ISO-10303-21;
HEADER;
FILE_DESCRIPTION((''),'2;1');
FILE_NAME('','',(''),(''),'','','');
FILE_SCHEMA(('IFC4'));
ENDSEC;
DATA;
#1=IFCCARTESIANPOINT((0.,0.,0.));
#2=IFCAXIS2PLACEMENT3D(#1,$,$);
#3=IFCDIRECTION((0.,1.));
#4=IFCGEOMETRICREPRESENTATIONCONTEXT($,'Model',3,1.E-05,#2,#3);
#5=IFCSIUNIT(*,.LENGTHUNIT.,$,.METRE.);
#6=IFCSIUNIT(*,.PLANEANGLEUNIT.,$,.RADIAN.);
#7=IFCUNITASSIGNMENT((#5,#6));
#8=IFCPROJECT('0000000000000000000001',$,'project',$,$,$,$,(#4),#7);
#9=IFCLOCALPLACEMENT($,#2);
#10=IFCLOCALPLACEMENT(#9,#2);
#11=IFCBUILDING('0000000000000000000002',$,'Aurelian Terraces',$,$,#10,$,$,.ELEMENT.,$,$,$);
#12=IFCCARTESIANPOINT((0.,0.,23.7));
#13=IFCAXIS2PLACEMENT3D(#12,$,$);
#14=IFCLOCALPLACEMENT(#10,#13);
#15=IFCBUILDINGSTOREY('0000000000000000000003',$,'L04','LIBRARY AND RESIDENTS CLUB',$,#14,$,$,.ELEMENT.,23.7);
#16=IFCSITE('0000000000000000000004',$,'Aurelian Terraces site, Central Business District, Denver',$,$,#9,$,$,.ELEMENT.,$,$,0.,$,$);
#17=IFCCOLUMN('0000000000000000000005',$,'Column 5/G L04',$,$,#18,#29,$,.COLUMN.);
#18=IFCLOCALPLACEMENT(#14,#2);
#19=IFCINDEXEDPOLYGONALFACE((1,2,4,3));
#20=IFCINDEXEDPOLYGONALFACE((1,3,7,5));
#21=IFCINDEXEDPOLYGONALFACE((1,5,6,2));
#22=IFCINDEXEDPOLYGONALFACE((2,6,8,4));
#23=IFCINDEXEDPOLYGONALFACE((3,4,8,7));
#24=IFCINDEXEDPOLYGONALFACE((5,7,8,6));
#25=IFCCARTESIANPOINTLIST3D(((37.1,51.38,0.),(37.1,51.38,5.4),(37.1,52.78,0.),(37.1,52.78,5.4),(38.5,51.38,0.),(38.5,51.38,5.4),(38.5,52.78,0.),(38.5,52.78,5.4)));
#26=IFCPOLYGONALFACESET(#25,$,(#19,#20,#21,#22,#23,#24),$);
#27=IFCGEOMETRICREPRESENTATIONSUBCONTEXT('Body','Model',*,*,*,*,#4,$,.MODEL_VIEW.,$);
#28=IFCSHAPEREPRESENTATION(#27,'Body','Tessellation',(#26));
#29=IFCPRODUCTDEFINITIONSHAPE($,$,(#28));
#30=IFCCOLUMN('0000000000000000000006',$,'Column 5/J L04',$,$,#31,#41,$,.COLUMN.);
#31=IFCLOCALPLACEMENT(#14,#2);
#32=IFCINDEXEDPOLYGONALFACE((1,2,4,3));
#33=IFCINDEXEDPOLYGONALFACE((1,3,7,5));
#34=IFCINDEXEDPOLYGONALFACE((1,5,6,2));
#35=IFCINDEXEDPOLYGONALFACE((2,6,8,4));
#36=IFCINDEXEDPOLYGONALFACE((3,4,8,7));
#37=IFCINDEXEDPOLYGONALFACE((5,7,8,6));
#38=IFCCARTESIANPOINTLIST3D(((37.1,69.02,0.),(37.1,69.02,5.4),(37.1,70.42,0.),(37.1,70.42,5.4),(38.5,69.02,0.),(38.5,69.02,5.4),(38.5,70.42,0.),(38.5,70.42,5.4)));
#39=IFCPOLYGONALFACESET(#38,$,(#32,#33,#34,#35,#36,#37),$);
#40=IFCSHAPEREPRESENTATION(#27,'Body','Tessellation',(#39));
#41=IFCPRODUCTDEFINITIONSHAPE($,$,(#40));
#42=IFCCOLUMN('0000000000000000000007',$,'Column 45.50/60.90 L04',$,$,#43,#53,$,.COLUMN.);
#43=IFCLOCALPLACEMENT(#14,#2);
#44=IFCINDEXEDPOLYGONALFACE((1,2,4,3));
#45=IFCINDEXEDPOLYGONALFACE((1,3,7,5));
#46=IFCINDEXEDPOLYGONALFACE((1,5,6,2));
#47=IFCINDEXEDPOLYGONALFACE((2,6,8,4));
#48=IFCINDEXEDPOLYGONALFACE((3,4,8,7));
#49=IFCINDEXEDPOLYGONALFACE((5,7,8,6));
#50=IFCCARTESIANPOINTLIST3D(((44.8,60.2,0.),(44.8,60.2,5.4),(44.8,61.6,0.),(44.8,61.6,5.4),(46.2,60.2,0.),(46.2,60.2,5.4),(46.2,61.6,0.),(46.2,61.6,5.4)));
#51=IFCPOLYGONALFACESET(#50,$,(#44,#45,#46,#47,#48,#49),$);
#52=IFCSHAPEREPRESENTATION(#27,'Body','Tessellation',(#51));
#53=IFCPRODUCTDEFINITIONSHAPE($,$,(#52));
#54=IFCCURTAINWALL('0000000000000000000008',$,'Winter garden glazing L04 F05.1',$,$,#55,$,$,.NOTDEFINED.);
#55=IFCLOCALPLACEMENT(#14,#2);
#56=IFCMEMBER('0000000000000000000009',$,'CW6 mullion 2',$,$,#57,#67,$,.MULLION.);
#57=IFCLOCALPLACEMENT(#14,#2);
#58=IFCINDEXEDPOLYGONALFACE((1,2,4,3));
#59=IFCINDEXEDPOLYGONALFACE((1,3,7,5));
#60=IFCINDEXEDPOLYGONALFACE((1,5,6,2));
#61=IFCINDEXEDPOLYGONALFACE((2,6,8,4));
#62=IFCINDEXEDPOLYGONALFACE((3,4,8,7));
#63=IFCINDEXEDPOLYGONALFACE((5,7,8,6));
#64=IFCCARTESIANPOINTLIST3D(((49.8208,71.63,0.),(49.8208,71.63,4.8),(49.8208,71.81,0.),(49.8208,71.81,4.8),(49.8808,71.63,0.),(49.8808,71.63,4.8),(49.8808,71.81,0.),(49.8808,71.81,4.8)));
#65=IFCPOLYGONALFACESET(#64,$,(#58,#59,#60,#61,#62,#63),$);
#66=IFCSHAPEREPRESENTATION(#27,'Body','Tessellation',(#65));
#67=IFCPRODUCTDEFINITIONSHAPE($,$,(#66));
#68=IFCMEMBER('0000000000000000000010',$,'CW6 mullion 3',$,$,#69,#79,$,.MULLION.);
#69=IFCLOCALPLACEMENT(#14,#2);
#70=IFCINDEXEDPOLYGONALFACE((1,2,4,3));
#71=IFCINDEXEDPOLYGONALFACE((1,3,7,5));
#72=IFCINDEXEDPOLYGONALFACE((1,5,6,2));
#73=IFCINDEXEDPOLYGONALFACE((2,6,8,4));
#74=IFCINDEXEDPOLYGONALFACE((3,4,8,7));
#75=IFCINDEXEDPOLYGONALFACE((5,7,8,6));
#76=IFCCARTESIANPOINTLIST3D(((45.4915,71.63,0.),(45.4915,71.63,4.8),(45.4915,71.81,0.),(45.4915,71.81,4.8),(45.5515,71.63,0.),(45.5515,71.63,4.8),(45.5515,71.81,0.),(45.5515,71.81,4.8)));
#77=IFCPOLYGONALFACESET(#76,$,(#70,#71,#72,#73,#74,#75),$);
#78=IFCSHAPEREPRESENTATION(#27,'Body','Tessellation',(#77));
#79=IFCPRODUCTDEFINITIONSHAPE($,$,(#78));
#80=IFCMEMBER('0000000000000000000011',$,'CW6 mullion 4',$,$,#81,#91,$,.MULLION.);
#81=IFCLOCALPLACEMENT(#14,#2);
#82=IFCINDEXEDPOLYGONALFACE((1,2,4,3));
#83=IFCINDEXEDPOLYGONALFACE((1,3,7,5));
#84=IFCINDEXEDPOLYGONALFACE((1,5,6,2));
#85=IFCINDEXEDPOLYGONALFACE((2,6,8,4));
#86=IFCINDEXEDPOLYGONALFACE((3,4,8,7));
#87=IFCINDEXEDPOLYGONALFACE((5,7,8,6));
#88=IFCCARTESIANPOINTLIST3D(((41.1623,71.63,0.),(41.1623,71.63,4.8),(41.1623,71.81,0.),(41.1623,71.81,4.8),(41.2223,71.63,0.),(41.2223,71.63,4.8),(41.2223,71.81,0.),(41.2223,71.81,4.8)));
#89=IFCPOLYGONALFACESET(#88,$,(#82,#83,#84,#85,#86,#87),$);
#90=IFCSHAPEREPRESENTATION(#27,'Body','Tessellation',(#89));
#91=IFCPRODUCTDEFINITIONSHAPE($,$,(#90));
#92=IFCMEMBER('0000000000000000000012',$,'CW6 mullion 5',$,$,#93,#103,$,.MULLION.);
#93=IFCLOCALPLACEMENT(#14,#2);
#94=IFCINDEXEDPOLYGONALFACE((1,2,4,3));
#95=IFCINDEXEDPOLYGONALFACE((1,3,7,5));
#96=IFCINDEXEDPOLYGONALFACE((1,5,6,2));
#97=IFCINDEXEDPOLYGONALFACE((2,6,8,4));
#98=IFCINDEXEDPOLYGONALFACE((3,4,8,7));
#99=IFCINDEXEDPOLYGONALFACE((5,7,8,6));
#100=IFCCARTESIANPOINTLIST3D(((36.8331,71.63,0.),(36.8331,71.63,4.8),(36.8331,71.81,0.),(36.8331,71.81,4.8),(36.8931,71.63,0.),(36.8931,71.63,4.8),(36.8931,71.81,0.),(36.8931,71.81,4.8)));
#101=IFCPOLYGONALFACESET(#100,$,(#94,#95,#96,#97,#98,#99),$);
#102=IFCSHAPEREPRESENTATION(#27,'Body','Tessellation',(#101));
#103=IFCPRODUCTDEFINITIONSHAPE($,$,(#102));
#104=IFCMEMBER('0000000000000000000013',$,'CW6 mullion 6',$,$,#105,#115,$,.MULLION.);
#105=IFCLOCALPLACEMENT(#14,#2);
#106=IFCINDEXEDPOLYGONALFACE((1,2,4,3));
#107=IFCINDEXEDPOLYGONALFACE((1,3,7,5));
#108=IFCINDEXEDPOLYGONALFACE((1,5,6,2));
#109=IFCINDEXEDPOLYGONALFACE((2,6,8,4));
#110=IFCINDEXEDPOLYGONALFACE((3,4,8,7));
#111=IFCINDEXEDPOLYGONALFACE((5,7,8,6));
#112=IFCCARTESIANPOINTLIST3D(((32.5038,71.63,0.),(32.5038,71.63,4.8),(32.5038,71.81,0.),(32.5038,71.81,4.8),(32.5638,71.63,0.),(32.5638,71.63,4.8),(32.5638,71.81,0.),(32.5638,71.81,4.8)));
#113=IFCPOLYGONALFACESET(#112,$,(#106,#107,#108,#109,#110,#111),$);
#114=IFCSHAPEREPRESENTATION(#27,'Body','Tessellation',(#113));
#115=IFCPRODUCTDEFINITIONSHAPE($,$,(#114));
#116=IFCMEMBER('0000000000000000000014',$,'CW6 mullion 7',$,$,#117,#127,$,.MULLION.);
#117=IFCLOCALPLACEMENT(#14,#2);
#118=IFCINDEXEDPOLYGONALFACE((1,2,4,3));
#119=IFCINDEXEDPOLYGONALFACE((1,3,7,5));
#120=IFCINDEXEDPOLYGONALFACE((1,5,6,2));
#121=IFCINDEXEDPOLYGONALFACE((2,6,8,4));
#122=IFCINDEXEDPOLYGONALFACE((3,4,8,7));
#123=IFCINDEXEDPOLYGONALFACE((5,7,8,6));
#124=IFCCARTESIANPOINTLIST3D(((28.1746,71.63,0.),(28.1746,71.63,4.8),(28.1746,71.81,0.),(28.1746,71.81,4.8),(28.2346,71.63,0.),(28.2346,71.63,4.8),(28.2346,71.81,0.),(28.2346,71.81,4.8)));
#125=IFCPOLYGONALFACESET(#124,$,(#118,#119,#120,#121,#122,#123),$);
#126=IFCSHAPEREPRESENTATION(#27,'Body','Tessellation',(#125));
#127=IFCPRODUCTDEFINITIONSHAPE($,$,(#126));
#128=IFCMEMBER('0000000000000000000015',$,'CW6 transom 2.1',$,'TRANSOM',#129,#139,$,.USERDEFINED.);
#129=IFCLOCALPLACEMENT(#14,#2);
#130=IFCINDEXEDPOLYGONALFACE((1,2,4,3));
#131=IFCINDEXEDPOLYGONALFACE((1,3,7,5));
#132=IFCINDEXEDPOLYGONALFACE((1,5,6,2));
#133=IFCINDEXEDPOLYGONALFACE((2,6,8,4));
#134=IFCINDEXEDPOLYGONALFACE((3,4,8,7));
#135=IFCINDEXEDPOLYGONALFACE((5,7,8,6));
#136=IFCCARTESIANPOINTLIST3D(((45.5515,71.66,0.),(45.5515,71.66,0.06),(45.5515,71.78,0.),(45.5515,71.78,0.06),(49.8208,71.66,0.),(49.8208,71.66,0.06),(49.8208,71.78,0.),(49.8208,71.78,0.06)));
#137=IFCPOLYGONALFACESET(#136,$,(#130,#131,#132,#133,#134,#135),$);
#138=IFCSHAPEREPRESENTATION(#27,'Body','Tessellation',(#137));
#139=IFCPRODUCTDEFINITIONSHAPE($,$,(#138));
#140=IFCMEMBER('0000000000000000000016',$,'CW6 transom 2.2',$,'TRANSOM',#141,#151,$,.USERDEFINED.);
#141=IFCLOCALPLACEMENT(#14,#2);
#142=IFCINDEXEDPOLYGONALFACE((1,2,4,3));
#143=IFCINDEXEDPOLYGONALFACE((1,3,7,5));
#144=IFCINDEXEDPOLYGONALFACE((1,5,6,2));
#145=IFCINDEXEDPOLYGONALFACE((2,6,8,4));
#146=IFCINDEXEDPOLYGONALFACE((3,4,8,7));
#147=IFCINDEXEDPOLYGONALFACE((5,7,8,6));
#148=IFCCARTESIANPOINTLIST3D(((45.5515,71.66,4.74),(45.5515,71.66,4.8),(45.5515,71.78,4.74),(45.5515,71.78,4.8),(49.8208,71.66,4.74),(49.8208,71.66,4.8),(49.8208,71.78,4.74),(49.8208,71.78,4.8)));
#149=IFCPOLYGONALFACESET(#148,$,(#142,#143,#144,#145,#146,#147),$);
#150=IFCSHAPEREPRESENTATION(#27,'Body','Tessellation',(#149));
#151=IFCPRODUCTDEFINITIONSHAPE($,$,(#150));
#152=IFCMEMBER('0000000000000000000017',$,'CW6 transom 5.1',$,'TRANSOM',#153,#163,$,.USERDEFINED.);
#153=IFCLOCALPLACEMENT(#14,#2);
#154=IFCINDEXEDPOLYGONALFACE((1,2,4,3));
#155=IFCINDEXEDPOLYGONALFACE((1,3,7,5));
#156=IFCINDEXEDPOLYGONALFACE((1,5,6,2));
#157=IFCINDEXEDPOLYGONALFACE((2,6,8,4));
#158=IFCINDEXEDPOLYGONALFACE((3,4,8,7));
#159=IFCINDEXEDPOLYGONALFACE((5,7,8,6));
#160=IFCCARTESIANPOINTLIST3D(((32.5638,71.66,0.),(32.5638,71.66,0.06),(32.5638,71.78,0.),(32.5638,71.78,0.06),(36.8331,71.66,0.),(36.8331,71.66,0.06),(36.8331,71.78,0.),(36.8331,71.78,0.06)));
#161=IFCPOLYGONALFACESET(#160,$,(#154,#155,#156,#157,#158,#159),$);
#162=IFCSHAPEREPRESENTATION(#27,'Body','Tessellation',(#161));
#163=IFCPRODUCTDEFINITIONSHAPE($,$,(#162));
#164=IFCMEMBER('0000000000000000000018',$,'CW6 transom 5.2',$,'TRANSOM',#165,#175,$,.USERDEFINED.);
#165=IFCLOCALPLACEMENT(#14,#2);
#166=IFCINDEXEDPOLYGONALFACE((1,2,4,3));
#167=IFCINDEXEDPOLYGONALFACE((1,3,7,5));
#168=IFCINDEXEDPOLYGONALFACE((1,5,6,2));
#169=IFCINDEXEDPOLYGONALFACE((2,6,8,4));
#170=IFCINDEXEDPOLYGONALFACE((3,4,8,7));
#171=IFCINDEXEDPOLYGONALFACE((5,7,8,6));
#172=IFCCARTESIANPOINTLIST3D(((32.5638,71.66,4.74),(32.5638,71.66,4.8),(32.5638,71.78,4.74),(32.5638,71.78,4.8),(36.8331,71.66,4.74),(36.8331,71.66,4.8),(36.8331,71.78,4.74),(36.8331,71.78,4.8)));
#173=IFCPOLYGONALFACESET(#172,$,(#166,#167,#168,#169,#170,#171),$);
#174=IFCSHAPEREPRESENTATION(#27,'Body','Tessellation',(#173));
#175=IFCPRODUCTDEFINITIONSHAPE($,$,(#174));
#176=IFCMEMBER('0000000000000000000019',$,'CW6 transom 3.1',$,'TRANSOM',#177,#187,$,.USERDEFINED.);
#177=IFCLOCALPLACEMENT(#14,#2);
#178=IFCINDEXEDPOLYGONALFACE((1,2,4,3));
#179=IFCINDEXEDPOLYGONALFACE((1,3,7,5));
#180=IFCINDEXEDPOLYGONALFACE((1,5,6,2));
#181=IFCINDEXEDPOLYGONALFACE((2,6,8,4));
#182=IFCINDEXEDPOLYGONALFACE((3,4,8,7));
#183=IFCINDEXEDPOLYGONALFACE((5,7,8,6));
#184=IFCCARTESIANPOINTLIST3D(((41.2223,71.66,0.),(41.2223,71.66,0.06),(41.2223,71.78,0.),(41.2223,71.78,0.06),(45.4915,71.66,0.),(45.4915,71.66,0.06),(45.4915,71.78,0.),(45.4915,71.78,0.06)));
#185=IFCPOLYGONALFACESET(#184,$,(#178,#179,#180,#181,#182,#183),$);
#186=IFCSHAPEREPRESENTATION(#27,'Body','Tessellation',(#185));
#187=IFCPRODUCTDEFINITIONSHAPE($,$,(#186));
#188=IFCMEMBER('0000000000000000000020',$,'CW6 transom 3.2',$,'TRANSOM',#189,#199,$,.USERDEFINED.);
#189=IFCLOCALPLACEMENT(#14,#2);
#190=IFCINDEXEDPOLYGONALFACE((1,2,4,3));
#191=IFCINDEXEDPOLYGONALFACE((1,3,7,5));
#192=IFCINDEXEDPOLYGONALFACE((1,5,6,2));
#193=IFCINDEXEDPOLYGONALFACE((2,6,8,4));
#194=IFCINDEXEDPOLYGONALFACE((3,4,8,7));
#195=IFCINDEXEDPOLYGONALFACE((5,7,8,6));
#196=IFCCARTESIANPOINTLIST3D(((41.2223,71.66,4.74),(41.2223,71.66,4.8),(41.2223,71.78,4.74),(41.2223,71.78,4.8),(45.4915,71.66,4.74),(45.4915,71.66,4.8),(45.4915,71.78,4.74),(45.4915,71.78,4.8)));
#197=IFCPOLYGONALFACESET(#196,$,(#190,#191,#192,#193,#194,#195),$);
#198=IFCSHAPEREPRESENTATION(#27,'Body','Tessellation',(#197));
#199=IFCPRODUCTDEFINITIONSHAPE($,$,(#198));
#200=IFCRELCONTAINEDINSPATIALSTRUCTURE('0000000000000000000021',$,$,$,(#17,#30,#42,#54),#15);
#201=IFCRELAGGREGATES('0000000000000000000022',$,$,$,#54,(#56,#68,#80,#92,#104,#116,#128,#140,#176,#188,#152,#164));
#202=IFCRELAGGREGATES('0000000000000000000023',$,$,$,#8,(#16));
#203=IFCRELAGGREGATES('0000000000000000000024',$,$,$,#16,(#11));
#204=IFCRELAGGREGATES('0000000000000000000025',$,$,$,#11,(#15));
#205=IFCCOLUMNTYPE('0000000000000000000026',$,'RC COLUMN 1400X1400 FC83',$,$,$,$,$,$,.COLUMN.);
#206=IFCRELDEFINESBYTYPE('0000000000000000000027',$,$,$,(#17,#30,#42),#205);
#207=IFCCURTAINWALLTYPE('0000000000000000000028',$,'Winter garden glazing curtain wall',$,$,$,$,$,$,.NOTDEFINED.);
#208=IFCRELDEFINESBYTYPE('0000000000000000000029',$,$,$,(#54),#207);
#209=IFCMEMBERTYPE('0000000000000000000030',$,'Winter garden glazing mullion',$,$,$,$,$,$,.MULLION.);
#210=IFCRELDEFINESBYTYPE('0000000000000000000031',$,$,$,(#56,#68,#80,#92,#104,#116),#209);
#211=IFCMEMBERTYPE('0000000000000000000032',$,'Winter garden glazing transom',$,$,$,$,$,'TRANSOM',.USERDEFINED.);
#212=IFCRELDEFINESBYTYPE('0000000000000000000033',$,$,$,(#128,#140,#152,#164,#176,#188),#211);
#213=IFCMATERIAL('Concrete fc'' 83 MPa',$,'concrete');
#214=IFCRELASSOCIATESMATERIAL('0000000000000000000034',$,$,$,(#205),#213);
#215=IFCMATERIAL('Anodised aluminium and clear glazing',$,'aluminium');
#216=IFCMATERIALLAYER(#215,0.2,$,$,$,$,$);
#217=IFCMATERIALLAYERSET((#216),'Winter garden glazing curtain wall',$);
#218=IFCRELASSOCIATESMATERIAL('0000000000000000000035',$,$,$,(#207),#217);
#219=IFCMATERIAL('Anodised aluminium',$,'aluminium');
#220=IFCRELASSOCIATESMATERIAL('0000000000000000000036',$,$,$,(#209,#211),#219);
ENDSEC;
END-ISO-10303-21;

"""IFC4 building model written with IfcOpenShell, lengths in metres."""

from ifc_helpers import new_model, si_unit, direction, frame, origin, origin_2d, place, context, subcontext, project, spatial, rectangle, extrude, source, transform, mapped, material, layer, layer_set, material_profile, profile_set, type_object, element, aggregate, save


model = new_model("IFC4")

# Units and contexts
model_context = context("Model", 3, precision=1e-05, world=origin(), true_north=direction((0.0, 1.0)))
body_context = subcontext(model_context, "Body", "Model", "MODEL_VIEW")
ifc_project = project(units=[si_unit("LENGTHUNIT", "METRE"), si_unit("PLANEANGLEUNIT", "RADIAN")], contexts=[model_context])

# Site, building, storey
site_placement = place(None, origin())
site = spatial("IfcSite", under=ifc_project, at=site_placement, Name="Aurelian Terraces site, Central Business District, Denver", CompositionType="ELEMENT", RefElevation=0.0)
building_placement = place(site_placement, origin())
building = spatial("IfcBuilding", under=site, at=building_placement, Name="Aurelian Terraces", CompositionType="ELEMENT")
storey_placement = place(building_placement, frame((0.0, 0.0, 23.7)))
storey = spatial("IfcBuildingStorey", under=building, at=storey_placement, Name="L04", Description="LIBRARY AND RESIDENTS CLUB", CompositionType="ELEMENT", Elevation=23.7)

# Columns
ifc_material_1 = material(Name="Concrete fc' 83 MPa", Category="concrete")
ifc_material_profile_1 = material_profile(ifc_material_1, rectangle(XDim=1.4, YDim=1.4, at=origin_2d()))
ifc_profile_set_1 = profile_set([ifc_material_profile_1], Name="Concrete fc' 83 MPa")
column_type = type_object("IfcColumnType", Name="RC COLUMN 1400X1400 FC83", PredefinedType="COLUMN", material=ifc_profile_set_1)
shared_shape_1 = source(origin(), body_context, "Body", "SweptSolid", [
    extrude(rectangle(XDim=1.4, YDim=1.4, at=origin_2d()), origin(), (0.0, 0.0, 1.0), 5.4),
])
for number, where, z_axis, x_axis, name in (
    (1, (37.8, 52.08, 0.0), (0.0, 0.0, 1.0), (1.0, 0.0, 0.0), "Column 5/G L04"),
    (2, (37.8, 69.72, 0.0), (0.0, 0.0, 1.0), (1.0, 0.0, 0.0), "Column 5/J L04"),
    (3, (45.5, 60.9, 0.0), (0.0, 0.0, 1.0), (1.0, 0.0, 0.0), "Column 45.50/60.90 L04"),
):
    element("IfcColumn", number, at=place(storey_placement, frame(where, z_axis=z_axis, x_axis=x_axis)), inside=storey, type_object=column_type, Name=name, PredefinedType="COLUMN", context=body_context, shape_type="MappedRepresentation", body=[
        mapped(shared_shape_1, transform((0.0, 0.0, 0.0), scale=1.0)),
    ])

# Curtain wall, members
ifc_material_2 = material(Name="Anodised aluminium and clear glazing", Category="aluminium")
ifc_layer_1 = layer(ifc_material_2, 0.2)
ifc_layer_set_1 = layer_set([ifc_layer_1], Name="Winter garden glazing curtain wall")
curtain_wall_type = type_object("IfcCurtainWallType", Name="Winter garden glazing curtain wall", PredefinedType="NOTDEFINED", material=ifc_layer_set_1)
curtain_wall_placement = place(storey_placement, origin())
curtain_wall = element("IfcCurtainWall", 4, at=curtain_wall_placement, inside=storey, type_object=curtain_wall_type, Name="Winter garden glazing L04 F05.1", PredefinedType="NOTDEFINED")
ifc_material_3 = material(Name="Anodised aluminium", Category="aluminium")
ifc_material_profile_2 = material_profile(ifc_material_3, rectangle(XDim=0.18, YDim=0.06, at=origin_2d()))
ifc_profile_set_2 = profile_set([ifc_material_profile_2], Name="Anodised aluminium")
member_type_1 = type_object("IfcMemberType", Name="Winter garden glazing mullion", PredefinedType="MULLION", material=ifc_profile_set_2)
shared_shape_2 = source(origin(), body_context, "Body", "SweptSolid", [
    extrude(rectangle(XDim=0.18, YDim=0.06, at=origin_2d()), origin(), (0.0, 0.0, 1.0), 4.8),
])
member_1_placement = place(storey_placement, frame((49.8508, 71.72, 0.0), z_axis=(0.0, 0.0, 1.0), x_axis=(0.0, -1.0, 0.0)))
member_1 = element("IfcMember", 5, at=member_1_placement, type_object=member_type_1, Name="CW6 mullion 2", PredefinedType="MULLION", context=body_context, shape_type="MappedRepresentation", body=[
    mapped(shared_shape_2, transform((0.0, 0.0, 0.0), scale=1.0)),
])
member_2_placement = place(storey_placement, frame((45.5215, 71.72, 0.0), z_axis=(0.0, 0.0, 1.0), x_axis=(0.0, -1.0, 0.0)))
member_2 = element("IfcMember", 6, at=member_2_placement, type_object=member_type_1, Name="CW6 mullion 3", PredefinedType="MULLION", context=body_context, shape_type="MappedRepresentation", body=[
    mapped(shared_shape_2, transform((0.0, 0.0, 0.0), scale=1.0)),
])
member_3_placement = place(storey_placement, frame((41.1923, 71.72, 0.0), z_axis=(0.0, 0.0, 1.0), x_axis=(0.0, -1.0, 0.0)))
member_3 = element("IfcMember", 7, at=member_3_placement, type_object=member_type_1, Name="CW6 mullion 4", PredefinedType="MULLION", context=body_context, shape_type="MappedRepresentation", body=[
    mapped(shared_shape_2, transform((0.0, 0.0, 0.0), scale=1.0)),
])
member_4_placement = place(storey_placement, frame((36.8631, 71.72, 0.0), z_axis=(0.0, 0.0, 1.0), x_axis=(0.0, -1.0, 0.0)))
member_4 = element("IfcMember", 8, at=member_4_placement, type_object=member_type_1, Name="CW6 mullion 5", PredefinedType="MULLION", context=body_context, shape_type="MappedRepresentation", body=[
    mapped(shared_shape_2, transform((0.0, 0.0, 0.0), scale=1.0)),
])
member_5_placement = place(storey_placement, frame((32.5338, 71.72, 0.0), z_axis=(0.0, 0.0, 1.0), x_axis=(0.0, -1.0, 0.0)))
member_5 = element("IfcMember", 9, at=member_5_placement, type_object=member_type_1, Name="CW6 mullion 6", PredefinedType="MULLION", context=body_context, shape_type="MappedRepresentation", body=[
    mapped(shared_shape_2, transform((0.0, 0.0, 0.0), scale=1.0)),
])
member_6_placement = place(storey_placement, frame((28.2046, 71.72, 0.0), z_axis=(0.0, 0.0, 1.0), x_axis=(0.0, -1.0, 0.0)))
member_6 = element("IfcMember", 10, at=member_6_placement, type_object=member_type_1, Name="CW6 mullion 7", PredefinedType="MULLION", context=body_context, shape_type="MappedRepresentation", body=[
    mapped(shared_shape_2, transform((0.0, 0.0, 0.0), scale=1.0)),
])
ifc_material_profile_3 = material_profile(ifc_material_3, rectangle(XDim=0.12, YDim=0.06, at=origin_2d()))
ifc_profile_set_3 = profile_set([ifc_material_profile_3], Name="Anodised aluminium")
member_type_2 = type_object("IfcMemberType", Name="Winter garden glazing transom", ElementType="TRANSOM", PredefinedType="USERDEFINED", material=ifc_profile_set_3)
shared_shape_3 = source(origin(), body_context, "Body", "SweptSolid", [
    extrude(rectangle(XDim=0.12, YDim=0.06, at=origin_2d()), origin(), (0.0, 0.0, 1.0), 4.2693),
])
member_7_placement = place(storey_placement, frame((49.8208, 71.72, 0.03), z_axis=(-1.0, 0.0, 0.0), x_axis=(0.0, -1.0, 0.0)))
member_7 = element("IfcMember", 11, at=member_7_placement, type_object=member_type_2, Name="CW6 transom 2.1", ObjectType="TRANSOM", PredefinedType="USERDEFINED", context=body_context, shape_type="MappedRepresentation", body=[
    mapped(shared_shape_3, transform((0.0, 0.0, 0.0), scale=1.0)),
])
member_8_placement = place(storey_placement, frame((49.8208, 71.72, 4.77), z_axis=(-1.0, 0.0, 0.0), x_axis=(0.0, -1.0, 0.0)))
member_8 = element("IfcMember", 12, at=member_8_placement, type_object=member_type_2, Name="CW6 transom 2.2", ObjectType="TRANSOM", PredefinedType="USERDEFINED", context=body_context, shape_type="MappedRepresentation", body=[
    mapped(shared_shape_3, transform((0.0, 0.0, 0.0), scale=1.0)),
])
member_9_placement = place(storey_placement, frame((36.8331, 71.72, 0.03), z_axis=(-1.0, 0.0, 0.0), x_axis=(0.0, -1.0, 0.0)))
member_9 = element("IfcMember", 13, at=member_9_placement, type_object=member_type_2, Name="CW6 transom 5.1", ObjectType="TRANSOM", PredefinedType="USERDEFINED", context=body_context, shape_type="MappedRepresentation", body=[
    mapped(shared_shape_3, transform((0.0, 0.0, 0.0), scale=1.0)),
])
member_10_placement = place(storey_placement, frame((36.8331, 71.72, 4.77), z_axis=(-1.0, 0.0, 0.0), x_axis=(0.0, -1.0, 0.0)))
member_10 = element("IfcMember", 14, at=member_10_placement, type_object=member_type_2, Name="CW6 transom 5.2", ObjectType="TRANSOM", PredefinedType="USERDEFINED", context=body_context, shape_type="MappedRepresentation", body=[
    mapped(shared_shape_3, transform((0.0, 0.0, 0.0), scale=1.0)),
])
shared_shape_4 = source(origin(), body_context, "Body", "SweptSolid", [
    extrude(rectangle(XDim=0.12, YDim=0.06, at=origin_2d()), origin(), (0.0, 0.0, 1.0), 4.2692),
])
member_11_placement = place(storey_placement, frame((45.4915, 71.72, 0.03), z_axis=(-1.0, 0.0, 0.0), x_axis=(0.0, -1.0, 0.0)))
member_11 = element("IfcMember", 15, at=member_11_placement, type_object=member_type_2, Name="CW6 transom 3.1", ObjectType="TRANSOM", PredefinedType="USERDEFINED", context=body_context, shape_type="MappedRepresentation", body=[
    mapped(shared_shape_4, transform((0.0, 0.0, 0.0), scale=1.0)),
])
member_12_placement = place(storey_placement, frame((45.4915, 71.72, 4.77), z_axis=(-1.0, 0.0, 0.0), x_axis=(0.0, -1.0, 0.0)))
member_12 = element("IfcMember", 16, at=member_12_placement, type_object=member_type_2, Name="CW6 transom 3.2", ObjectType="TRANSOM", PredefinedType="USERDEFINED", context=body_context, shape_type="MappedRepresentation", body=[
    mapped(shared_shape_4, transform((0.0, 0.0, 0.0), scale=1.0)),
])
aggregate(curtain_wall, [member_1, member_2, member_3, member_4, member_5, member_6, member_7, member_8, member_11, member_12, member_9, member_10])

save(model, "model.ifc")
